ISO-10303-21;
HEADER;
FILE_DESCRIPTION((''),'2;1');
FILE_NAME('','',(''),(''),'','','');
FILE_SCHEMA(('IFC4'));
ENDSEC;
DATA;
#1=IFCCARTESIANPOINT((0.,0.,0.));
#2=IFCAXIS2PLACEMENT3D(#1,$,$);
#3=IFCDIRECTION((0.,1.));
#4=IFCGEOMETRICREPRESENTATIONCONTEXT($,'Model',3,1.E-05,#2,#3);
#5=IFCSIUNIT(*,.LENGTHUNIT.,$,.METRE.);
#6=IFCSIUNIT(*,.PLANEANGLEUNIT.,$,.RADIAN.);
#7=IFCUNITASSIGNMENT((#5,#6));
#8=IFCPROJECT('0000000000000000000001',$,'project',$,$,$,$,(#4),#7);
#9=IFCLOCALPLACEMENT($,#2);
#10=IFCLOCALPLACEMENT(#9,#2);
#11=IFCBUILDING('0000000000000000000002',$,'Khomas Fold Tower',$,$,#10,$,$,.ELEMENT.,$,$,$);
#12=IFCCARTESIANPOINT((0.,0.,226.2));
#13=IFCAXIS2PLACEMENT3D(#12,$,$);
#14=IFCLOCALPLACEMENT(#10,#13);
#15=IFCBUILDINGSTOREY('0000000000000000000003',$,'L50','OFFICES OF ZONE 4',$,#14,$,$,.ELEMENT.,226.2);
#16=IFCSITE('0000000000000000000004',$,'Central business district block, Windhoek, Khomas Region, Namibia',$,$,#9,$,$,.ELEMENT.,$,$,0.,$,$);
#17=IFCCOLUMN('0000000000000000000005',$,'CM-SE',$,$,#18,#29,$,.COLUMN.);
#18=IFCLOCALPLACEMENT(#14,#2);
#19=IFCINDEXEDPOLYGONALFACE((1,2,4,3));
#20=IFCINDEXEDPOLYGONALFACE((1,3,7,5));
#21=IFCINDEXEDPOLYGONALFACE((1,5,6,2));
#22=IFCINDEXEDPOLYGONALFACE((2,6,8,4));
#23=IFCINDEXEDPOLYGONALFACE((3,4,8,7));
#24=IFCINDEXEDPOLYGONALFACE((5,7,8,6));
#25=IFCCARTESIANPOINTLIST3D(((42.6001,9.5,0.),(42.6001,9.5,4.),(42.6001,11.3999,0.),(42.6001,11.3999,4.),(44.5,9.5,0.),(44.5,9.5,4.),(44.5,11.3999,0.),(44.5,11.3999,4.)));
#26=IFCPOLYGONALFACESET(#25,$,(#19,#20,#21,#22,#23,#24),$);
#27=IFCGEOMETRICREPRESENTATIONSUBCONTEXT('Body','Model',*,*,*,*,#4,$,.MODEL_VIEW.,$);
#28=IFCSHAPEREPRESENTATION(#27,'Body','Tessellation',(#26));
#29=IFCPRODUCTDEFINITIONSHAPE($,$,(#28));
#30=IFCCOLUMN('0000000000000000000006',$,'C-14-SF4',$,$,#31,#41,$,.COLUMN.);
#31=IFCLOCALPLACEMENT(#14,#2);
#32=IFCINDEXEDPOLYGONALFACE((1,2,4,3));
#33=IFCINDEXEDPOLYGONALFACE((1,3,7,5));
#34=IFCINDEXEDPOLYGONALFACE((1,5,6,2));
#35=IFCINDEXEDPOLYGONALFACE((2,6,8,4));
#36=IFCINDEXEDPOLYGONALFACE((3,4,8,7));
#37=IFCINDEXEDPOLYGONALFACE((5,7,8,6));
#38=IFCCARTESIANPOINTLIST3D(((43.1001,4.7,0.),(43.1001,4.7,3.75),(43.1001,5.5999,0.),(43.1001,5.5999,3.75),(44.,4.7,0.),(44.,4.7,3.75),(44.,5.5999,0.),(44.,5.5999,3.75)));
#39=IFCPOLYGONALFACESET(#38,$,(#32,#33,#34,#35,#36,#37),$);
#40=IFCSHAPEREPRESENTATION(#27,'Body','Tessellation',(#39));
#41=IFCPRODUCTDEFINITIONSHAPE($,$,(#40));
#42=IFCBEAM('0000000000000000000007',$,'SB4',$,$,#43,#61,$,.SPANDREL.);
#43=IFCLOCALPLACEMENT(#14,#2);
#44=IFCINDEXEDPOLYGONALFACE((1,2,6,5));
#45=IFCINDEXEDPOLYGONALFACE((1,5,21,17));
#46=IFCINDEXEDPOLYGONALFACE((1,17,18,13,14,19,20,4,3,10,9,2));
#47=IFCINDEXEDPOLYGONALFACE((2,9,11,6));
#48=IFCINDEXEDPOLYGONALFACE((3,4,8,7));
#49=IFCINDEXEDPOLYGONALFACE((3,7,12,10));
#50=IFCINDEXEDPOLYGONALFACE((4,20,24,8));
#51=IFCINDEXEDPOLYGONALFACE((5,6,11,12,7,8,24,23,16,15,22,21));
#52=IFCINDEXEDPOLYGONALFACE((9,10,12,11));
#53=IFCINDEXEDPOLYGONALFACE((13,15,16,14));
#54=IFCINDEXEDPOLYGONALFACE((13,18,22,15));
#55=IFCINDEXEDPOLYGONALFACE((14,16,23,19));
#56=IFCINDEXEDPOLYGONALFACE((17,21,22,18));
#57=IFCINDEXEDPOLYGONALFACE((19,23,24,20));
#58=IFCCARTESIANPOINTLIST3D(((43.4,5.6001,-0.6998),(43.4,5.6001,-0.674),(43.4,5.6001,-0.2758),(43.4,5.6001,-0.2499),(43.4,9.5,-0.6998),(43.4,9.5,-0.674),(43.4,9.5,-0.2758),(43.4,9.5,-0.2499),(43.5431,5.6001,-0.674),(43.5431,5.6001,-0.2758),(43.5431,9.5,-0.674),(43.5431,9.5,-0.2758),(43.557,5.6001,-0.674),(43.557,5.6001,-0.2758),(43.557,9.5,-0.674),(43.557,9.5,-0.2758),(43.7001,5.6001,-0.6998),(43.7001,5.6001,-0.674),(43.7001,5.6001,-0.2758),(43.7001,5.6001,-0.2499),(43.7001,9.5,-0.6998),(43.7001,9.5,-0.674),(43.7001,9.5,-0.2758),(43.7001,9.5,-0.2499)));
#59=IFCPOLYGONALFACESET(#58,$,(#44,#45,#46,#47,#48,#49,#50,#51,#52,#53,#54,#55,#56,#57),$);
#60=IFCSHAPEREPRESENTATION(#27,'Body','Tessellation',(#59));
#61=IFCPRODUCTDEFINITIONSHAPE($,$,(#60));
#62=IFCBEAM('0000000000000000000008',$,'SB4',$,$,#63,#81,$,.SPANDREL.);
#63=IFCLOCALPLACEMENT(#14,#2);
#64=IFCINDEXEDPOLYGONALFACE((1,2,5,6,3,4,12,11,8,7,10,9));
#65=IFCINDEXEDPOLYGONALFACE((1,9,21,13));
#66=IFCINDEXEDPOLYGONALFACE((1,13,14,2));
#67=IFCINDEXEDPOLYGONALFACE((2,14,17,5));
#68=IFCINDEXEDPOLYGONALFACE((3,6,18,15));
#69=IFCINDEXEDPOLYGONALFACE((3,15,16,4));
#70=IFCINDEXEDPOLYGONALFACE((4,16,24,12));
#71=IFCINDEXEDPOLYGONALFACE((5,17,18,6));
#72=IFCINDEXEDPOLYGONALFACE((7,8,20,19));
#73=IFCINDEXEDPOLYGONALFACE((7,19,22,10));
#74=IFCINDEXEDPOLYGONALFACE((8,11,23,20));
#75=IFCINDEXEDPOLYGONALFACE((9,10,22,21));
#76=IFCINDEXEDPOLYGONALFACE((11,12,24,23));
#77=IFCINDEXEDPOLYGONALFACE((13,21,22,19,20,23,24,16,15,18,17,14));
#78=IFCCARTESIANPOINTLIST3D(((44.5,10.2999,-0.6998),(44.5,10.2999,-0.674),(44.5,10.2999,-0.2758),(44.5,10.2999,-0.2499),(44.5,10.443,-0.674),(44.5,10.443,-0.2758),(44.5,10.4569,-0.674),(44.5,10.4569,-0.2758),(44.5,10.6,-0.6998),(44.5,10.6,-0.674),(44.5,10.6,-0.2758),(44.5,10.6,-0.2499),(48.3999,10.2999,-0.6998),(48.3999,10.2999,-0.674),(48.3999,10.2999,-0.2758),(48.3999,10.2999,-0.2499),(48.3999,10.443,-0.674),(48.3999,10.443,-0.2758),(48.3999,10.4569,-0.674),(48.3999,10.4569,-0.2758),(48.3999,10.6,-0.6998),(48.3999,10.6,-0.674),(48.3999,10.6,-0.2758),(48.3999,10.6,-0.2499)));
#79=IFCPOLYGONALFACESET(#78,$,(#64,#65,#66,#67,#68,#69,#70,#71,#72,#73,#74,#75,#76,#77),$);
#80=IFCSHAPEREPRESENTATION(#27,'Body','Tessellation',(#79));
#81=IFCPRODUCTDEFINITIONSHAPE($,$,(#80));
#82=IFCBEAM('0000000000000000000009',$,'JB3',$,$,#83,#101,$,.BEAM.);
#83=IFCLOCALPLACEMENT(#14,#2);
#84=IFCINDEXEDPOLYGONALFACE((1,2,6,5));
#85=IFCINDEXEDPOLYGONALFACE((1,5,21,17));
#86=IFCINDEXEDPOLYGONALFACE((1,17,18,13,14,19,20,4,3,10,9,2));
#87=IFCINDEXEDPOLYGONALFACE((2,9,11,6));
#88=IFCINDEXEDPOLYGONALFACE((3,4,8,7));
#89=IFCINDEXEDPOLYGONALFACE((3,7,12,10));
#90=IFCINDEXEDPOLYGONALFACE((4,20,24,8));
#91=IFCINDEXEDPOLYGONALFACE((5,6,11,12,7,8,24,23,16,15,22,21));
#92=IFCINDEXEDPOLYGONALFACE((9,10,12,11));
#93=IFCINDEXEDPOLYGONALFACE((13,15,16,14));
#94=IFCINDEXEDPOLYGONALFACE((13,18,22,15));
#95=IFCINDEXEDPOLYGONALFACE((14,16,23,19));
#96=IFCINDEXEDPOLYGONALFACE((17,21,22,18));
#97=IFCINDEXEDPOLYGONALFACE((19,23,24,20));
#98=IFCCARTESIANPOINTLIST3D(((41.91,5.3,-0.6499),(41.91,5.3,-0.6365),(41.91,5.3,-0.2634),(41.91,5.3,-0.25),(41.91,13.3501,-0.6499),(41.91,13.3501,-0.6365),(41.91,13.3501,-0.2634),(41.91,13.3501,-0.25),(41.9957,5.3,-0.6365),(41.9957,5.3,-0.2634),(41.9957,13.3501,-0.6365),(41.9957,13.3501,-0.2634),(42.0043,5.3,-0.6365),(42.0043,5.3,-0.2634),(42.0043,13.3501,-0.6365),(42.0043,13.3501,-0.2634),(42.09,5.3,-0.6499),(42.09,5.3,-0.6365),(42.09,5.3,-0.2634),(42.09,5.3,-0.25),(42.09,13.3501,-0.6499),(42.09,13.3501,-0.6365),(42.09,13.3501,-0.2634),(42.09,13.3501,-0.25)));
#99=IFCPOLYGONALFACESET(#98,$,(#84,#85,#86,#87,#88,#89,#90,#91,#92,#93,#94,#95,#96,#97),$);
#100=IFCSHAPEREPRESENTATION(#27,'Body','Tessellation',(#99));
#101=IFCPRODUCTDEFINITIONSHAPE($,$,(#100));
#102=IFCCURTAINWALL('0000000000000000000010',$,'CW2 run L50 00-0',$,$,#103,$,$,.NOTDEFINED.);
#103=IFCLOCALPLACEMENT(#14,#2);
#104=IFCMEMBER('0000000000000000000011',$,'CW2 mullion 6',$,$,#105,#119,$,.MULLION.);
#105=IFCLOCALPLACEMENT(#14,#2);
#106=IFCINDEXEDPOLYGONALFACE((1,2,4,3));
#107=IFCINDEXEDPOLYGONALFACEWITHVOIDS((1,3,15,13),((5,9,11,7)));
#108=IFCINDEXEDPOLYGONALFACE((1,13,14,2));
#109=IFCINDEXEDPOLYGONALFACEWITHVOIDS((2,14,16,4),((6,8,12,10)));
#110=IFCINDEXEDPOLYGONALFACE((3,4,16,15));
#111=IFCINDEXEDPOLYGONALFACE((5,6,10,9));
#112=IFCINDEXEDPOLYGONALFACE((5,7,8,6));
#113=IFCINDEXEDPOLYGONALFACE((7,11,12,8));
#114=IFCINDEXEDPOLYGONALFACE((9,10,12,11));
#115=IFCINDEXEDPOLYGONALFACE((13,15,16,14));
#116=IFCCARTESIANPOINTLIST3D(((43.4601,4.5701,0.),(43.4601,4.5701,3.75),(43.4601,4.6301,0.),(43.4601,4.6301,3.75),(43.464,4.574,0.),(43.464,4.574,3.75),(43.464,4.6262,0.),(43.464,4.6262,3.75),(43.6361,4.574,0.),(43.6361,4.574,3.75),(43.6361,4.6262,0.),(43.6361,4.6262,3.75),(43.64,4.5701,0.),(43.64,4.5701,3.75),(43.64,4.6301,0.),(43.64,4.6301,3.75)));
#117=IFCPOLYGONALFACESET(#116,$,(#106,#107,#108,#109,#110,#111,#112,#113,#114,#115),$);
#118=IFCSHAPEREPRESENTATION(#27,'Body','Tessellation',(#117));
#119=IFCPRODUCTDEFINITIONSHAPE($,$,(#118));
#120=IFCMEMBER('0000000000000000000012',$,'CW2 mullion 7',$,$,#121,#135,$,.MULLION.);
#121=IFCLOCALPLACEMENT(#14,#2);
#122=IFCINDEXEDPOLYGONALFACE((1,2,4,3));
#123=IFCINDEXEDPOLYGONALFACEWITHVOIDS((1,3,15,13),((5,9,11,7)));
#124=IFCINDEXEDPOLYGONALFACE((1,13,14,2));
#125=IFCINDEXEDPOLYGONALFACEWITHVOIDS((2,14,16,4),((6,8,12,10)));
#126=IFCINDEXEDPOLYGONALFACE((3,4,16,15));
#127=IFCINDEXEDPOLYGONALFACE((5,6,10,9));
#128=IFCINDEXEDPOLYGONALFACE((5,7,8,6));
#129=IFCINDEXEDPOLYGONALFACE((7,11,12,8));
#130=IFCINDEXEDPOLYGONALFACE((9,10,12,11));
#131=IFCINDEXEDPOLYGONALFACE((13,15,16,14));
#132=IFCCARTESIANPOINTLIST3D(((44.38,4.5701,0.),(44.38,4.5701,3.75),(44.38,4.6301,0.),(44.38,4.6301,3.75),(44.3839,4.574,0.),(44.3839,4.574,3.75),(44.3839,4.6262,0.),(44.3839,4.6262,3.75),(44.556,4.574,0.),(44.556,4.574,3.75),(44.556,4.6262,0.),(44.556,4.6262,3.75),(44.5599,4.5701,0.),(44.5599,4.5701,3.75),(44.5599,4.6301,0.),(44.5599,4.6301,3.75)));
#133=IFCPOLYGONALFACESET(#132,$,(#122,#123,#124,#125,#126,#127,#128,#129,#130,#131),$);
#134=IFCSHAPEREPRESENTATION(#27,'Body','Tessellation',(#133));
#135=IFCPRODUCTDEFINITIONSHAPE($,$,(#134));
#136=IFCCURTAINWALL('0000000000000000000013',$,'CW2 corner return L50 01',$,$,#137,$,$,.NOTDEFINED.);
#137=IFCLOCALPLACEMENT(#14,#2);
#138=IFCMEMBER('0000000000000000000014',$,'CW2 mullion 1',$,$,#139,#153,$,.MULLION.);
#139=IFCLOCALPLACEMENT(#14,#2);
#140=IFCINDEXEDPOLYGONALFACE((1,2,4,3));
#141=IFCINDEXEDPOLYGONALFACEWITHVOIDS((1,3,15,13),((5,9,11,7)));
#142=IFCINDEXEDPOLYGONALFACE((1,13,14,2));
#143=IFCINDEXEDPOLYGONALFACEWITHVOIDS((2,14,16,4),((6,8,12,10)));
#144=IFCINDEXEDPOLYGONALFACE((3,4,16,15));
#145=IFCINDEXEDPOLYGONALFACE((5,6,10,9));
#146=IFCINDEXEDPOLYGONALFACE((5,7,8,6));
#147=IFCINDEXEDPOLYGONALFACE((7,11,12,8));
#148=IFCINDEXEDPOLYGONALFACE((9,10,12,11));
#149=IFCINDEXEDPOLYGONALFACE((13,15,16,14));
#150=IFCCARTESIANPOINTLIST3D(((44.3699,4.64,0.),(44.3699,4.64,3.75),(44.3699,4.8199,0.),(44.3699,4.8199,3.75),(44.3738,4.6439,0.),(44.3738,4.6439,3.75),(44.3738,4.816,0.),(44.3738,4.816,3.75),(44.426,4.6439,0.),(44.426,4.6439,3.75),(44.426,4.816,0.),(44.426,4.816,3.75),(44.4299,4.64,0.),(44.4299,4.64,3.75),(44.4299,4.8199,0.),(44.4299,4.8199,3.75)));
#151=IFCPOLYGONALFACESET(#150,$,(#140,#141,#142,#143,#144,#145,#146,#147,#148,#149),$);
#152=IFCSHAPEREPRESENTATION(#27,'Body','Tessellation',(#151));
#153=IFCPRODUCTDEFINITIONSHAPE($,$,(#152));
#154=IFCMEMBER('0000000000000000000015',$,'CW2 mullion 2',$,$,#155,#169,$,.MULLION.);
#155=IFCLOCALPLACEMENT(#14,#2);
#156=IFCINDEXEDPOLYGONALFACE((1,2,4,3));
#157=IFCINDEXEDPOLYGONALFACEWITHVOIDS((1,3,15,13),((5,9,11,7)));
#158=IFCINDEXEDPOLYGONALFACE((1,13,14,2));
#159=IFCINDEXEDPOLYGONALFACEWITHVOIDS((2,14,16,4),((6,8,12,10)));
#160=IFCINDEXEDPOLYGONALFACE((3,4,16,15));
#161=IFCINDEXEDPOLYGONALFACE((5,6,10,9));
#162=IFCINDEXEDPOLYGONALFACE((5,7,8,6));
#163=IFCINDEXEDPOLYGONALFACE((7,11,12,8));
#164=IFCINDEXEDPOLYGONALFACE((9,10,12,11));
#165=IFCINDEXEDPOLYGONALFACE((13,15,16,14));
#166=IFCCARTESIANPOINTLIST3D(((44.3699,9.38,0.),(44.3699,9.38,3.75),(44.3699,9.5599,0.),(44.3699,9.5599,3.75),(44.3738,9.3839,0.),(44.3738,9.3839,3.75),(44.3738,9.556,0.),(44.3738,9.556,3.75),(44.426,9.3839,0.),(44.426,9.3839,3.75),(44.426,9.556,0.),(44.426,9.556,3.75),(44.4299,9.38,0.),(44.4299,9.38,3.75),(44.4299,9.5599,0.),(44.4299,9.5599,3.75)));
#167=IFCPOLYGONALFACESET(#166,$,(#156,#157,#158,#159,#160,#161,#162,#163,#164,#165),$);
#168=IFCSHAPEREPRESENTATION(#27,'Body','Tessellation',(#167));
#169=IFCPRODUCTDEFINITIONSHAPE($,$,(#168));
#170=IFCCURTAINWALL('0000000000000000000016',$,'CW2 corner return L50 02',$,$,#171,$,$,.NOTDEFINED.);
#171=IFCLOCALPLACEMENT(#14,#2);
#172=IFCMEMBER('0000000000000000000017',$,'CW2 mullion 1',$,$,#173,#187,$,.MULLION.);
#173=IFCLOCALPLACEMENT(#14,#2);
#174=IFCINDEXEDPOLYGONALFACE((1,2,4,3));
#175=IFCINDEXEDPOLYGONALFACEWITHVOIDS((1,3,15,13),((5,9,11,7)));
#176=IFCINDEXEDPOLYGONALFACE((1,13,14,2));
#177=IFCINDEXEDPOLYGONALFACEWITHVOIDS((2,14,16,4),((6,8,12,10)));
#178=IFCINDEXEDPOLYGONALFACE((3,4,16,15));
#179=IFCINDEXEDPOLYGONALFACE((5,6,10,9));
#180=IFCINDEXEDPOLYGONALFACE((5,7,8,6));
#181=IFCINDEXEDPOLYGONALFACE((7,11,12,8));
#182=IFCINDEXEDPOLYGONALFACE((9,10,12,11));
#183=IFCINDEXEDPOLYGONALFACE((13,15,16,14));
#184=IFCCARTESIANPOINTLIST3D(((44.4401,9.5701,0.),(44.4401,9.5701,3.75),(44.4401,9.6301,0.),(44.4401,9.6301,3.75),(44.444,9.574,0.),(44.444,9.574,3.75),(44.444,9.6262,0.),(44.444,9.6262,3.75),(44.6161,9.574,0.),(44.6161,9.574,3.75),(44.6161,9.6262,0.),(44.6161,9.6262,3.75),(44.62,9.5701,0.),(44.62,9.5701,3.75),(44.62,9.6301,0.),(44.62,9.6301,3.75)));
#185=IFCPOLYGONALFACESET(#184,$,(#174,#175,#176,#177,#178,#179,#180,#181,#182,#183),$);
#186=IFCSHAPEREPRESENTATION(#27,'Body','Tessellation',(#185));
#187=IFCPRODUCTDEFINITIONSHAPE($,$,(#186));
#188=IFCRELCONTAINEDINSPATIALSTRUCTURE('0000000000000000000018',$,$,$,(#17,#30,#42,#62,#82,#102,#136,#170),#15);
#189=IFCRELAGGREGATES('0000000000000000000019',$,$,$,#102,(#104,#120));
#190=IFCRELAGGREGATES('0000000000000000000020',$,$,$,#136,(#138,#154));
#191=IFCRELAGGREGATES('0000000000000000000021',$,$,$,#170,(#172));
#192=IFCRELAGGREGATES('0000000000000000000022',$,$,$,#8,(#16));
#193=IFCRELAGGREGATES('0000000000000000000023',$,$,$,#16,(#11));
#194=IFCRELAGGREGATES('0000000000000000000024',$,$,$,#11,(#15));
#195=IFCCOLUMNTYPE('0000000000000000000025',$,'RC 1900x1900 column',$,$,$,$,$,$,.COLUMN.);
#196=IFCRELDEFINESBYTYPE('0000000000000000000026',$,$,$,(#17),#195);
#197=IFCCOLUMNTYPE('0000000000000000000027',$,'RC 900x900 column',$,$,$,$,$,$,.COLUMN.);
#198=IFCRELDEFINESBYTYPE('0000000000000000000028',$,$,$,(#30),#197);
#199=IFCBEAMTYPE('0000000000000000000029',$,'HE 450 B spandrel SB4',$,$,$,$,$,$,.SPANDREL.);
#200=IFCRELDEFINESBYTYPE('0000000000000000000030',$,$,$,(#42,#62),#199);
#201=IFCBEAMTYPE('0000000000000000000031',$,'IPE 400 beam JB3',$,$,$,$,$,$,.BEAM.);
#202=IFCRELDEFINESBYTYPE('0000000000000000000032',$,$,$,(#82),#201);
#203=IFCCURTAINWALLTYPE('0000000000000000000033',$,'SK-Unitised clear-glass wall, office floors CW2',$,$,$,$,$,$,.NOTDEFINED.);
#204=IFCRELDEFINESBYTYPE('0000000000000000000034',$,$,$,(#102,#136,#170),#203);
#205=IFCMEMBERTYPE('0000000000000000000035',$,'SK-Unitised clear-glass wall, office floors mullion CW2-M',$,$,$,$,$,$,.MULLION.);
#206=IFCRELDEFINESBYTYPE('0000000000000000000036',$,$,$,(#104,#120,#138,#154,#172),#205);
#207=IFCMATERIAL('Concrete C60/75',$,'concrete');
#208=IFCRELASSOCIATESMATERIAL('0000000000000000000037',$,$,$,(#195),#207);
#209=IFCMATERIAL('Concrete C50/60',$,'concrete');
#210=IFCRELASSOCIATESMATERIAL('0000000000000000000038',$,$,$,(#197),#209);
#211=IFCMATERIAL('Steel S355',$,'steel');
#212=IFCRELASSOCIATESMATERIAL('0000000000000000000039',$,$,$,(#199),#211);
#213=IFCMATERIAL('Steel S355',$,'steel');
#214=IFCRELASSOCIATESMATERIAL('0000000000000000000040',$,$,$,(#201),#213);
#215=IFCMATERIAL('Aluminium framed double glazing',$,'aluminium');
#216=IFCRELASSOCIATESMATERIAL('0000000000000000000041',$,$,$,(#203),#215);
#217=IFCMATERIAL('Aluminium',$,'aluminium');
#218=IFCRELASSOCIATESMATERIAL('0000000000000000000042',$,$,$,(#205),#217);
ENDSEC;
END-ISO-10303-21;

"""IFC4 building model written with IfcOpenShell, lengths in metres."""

from ifc_helpers import new_model, si_unit, direction, frame, origin, origin_2d, place, context, subcontext, project, spatial, rectangle, hollow_rectangle, i_section, extrude, source, transform, mapped, material, material_profile, profile_set, type_object, element, aggregate, save


model = new_model("IFC4")

# Units and contexts
model_context = context("Model", 3, precision=1e-05, world=origin(), true_north=direction((0.0, 1.0)))
body_context = subcontext(model_context, "Body", "Model", "MODEL_VIEW")
ifc_project = project(units=[si_unit("LENGTHUNIT", "METRE"), si_unit("PLANEANGLEUNIT", "RADIAN")], contexts=[model_context])

# Site, building, storey
site_placement = place(None, origin())
site = spatial("IfcSite", under=ifc_project, at=site_placement, Name="Central business district block, Windhoek, Khomas Region, Namibia", CompositionType="ELEMENT", RefElevation=0.0)
building_placement = place(site_placement, origin())
building = spatial("IfcBuilding", under=site, at=building_placement, Name="Khomas Fold Tower", CompositionType="ELEMENT")
storey_placement = place(building_placement, frame((0.0, 0.0, 226.2)))
storey = spatial("IfcBuildingStorey", under=building, at=storey_placement, Name="L50", Description="OFFICES OF ZONE 4", CompositionType="ELEMENT", Elevation=226.2)

# Columns
ifc_material_1 = material(Name="Concrete C60/75", Category="concrete")
ifc_material_profile_1 = material_profile(ifc_material_1, rectangle(XDim=1.8999, YDim=1.8999, at=origin_2d()), Name="RC 1900x1900")
ifc_profile_set_1 = profile_set([ifc_material_profile_1], Name="Concrete C60/75")
column_type_1 = type_object("IfcColumnType", Name="RC 1900x1900 column", PredefinedType="COLUMN", material=ifc_profile_set_1)
shared_shape_1 = source(origin(), body_context, "Body", "SweptSolid", [
    extrude(rectangle(XDim=1.8999, YDim=1.8999, at=origin_2d()), origin(), (0.0, 0.0, 1.0), 4.0),
])
column_1_placement = place(storey_placement, frame((43.55, 10.45, 0.0), z_axis=(0.0, 0.0, 1.0), x_axis=(1.0, 0.0, 0.0)))
element("IfcColumn", 1, at=column_1_placement, inside=storey, type_object=column_type_1, Name="CM-SE", PredefinedType="COLUMN", context=body_context, shape_type="MappedRepresentation", body=[
    mapped(shared_shape_1, transform((0.0, 0.0, 0.0))),
])
ifc_material_2 = material(Name="Concrete C50/60", Category="concrete")
ifc_material_profile_2 = material_profile(ifc_material_2, rectangle(XDim=0.8999, YDim=0.8999, at=origin_2d()), Name="RC 900x900")
ifc_profile_set_2 = profile_set([ifc_material_profile_2], Name="Concrete C50/60")
column_type_2 = type_object("IfcColumnType", Name="RC 900x900 column", PredefinedType="COLUMN", material=ifc_profile_set_2)
shared_shape_2 = source(origin(), body_context, "Body", "SweptSolid", [
    extrude(rectangle(XDim=0.8999, YDim=0.8999, at=origin_2d()), origin(), (0.0, 0.0, 1.0), 3.75),
])
column_2_placement = place(storey_placement, frame((43.55, 5.1499, 0.0), z_axis=(0.0, 0.0, 1.0), x_axis=(1.0, 0.0, 0.0)))
element("IfcColumn", 2, at=column_2_placement, inside=storey, type_object=column_type_2, Name="C-14-SF4", PredefinedType="COLUMN", context=body_context, shape_type="MappedRepresentation", body=[
    mapped(shared_shape_2, transform((0.0, 0.0, 0.0))),
])

# Beams
ifc_material_3 = material(Name="Steel S355", Category="steel")
ifc_material_profile_3 = material_profile(ifc_material_3, i_section(OverallWidth=0.3, OverallDepth=0.45, WebThickness=0.0139, FlangeThickness=0.0259, at=origin_2d()), Name="HE 450 B")
ifc_profile_set_3 = profile_set([ifc_material_profile_3], Name="Steel S355")
beam_type_1 = type_object("IfcBeamType", Name="HE 450 B spandrel SB4", PredefinedType="SPANDREL", material=ifc_profile_set_3)
shared_shape_3 = source(origin(), body_context, "Body", "SweptSolid", [
    extrude(i_section(OverallWidth=0.3, OverallDepth=0.45, WebThickness=0.0139, FlangeThickness=0.0259, at=origin_2d()), origin(), (0.0, 0.0, 1.0), 3.8999),
])
for number, where, z_axis, x_axis, name in (
    (3, (43.55, 5.6001, -0.4749), (0.0, 1.0, 0.0), (-1.0, 0.0, 0.0), "SB4"),
    (4, (44.5, 10.45, -0.4749), (1.0, 0.0, 0.0), (0.0, 1.0, 0.0), "SB4"),
):
    element("IfcBeam", number, at=place(storey_placement, frame(where, z_axis=z_axis, x_axis=x_axis)), inside=storey, type_object=beam_type_1, Name=name, PredefinedType="SPANDREL", context=body_context, shape_type="MappedRepresentation", body=[
        mapped(shared_shape_3, transform((0.0, 0.0, 0.0))),
    ])
ifc_material_4 = material(Name="Steel S355", Category="steel")
ifc_material_profile_4 = material_profile(ifc_material_4, i_section(OverallWidth=0.1799, OverallDepth=0.3999, WebThickness=0.0085, FlangeThickness=0.0134, at=origin_2d()), Name="IPE 400")
ifc_profile_set_4 = profile_set([ifc_material_profile_4], Name="Steel S355")
beam_type_2 = type_object("IfcBeamType", Name="IPE 400 beam JB3", PredefinedType="BEAM", material=ifc_profile_set_4)
shared_shape_4 = source(origin(), body_context, "Body", "SweptSolid", [
    extrude(i_section(OverallWidth=0.1799, OverallDepth=0.3999, WebThickness=0.0085, FlangeThickness=0.0134, at=origin_2d()), origin(), (0.0, 0.0, 1.0), 8.05),
])
beam_placement = place(storey_placement, frame((42.0, 5.3, -0.45), z_axis=(0.0, 1.0, 0.0), x_axis=(-1.0, 0.0, 0.0)))
element("IfcBeam", 5, at=beam_placement, inside=storey, type_object=beam_type_2, Name="JB3", PredefinedType="BEAM", context=body_context, shape_type="MappedRepresentation", body=[
    mapped(shared_shape_4, transform((0.0, 0.0, 0.0))),
])

# Curtain walls, members
ifc_material_5 = material(Name="Aluminium framed double glazing", Category="aluminium")
curtain_wall_type = type_object("IfcCurtainWallType", Name="SK-Unitised clear-glass wall, office floors CW2", PredefinedType="NOTDEFINED", material=ifc_material_5)
curtain_wall_1_placement = place(storey_placement, origin())
curtain_wall_1 = element("IfcCurtainWall", 6, at=curtain_wall_1_placement, inside=storey, type_object=curtain_wall_type, Name="CW2 run L50 00-0", PredefinedType="NOTDEFINED")
ifc_material_6 = material(Name="Aluminium", Category="aluminium")
ifc_material_profile_5 = material_profile(ifc_material_6, hollow_rectangle(XDim=0.0601, YDim=0.1799, WallThickness=0.0039, at=origin_2d()), Name="SK-Unitised clear-glass wall, office floors mullion CW2-M")
ifc_profile_set_5 = profile_set([ifc_material_profile_5], Name="Aluminium")
member_type_1 = type_object("IfcMemberType", Name="SK-Unitised clear-glass wall, office floors mullion CW2-M", PredefinedType="MULLION", material=ifc_profile_set_5)
shared_shape_5 = source(origin(), body_context, "Body", "SweptSolid", [
    extrude(hollow_rectangle(XDim=0.0601, YDim=0.1799, WallThickness=0.0039, at=origin_2d()), origin(), (0.0, 0.0, 1.0), 3.75),
])
member_1_placement = place(storey_placement, frame((43.55, 4.6001, 0.0), z_axis=(0.0, 0.0, 1.0), x_axis=(0.0, 1.0, 0.0)))
member_1 = element("IfcMember", 7, at=member_1_placement, type_object=member_type_1, Name="CW2 mullion 6", PredefinedType="MULLION", context=body_context, shape_type="MappedRepresentation", body=[
    mapped(shared_shape_5, transform((0.0, 0.0, 0.0))),
])
member_2_placement = place(storey_placement, frame((44.47, 4.6001, 0.0), z_axis=(0.0, 0.0, 1.0), x_axis=(0.0, 1.0, 0.0)))
member_2 = element("IfcMember", 8, at=member_2_placement, type_object=member_type_1, Name="CW2 mullion 7", PredefinedType="MULLION", context=body_context, shape_type="MappedRepresentation", body=[
    mapped(shared_shape_5, transform((0.0, 0.0, 0.0))),
])
curtain_wall_2_placement = place(storey_placement, origin())
curtain_wall_2 = element("IfcCurtainWall", 9, at=curtain_wall_2_placement, inside=storey, type_object=curtain_wall_type, Name="CW2 corner return L50 01", PredefinedType="NOTDEFINED")
member_3_placement = place(storey_placement, frame((44.3999, 4.73, 0.0), z_axis=(0.0, 0.0, 1.0), x_axis=(-1.0, 0.0, 0.0)))
member_3 = element("IfcMember", 10, at=member_3_placement, type_object=member_type_1, Name="CW2 mullion 1", PredefinedType="MULLION", context=body_context, shape_type="MappedRepresentation", body=[
    mapped(shared_shape_5, transform((0.0, 0.0, 0.0))),
])
member_4_placement = place(storey_placement, frame((44.3999, 9.47, 0.0), z_axis=(0.0, 0.0, 1.0), x_axis=(-1.0, 0.0, 0.0)))
member_4 = element("IfcMember", 11, at=member_4_placement, type_object=member_type_1, Name="CW2 mullion 2", PredefinedType="MULLION", context=body_context, shape_type="MappedRepresentation", body=[
    mapped(shared_shape_5, transform((0.0, 0.0, 0.0))),
])
curtain_wall_3_placement = place(storey_placement, origin())
curtain_wall_3 = element("IfcCurtainWall", 12, at=curtain_wall_3_placement, inside=storey, type_object=curtain_wall_type, Name="CW2 corner return L50 02", PredefinedType="NOTDEFINED")
member_5_placement = place(storey_placement, frame((44.53, 9.6001, 0.0), z_axis=(0.0, 0.0, 1.0), x_axis=(0.0, 1.0, 0.0)))
member_5 = element("IfcMember", 13, at=member_5_placement, type_object=member_type_1, Name="CW2 mullion 1", PredefinedType="MULLION", context=body_context, shape_type="MappedRepresentation", body=[
    mapped(shared_shape_5, transform((0.0, 0.0, 0.0))),
])

aggregate(curtain_wall_1, [member_1, member_2])
aggregate(curtain_wall_2, [member_3, member_4])
aggregate(curtain_wall_3, [member_5])

save(model, "model.ifc")
